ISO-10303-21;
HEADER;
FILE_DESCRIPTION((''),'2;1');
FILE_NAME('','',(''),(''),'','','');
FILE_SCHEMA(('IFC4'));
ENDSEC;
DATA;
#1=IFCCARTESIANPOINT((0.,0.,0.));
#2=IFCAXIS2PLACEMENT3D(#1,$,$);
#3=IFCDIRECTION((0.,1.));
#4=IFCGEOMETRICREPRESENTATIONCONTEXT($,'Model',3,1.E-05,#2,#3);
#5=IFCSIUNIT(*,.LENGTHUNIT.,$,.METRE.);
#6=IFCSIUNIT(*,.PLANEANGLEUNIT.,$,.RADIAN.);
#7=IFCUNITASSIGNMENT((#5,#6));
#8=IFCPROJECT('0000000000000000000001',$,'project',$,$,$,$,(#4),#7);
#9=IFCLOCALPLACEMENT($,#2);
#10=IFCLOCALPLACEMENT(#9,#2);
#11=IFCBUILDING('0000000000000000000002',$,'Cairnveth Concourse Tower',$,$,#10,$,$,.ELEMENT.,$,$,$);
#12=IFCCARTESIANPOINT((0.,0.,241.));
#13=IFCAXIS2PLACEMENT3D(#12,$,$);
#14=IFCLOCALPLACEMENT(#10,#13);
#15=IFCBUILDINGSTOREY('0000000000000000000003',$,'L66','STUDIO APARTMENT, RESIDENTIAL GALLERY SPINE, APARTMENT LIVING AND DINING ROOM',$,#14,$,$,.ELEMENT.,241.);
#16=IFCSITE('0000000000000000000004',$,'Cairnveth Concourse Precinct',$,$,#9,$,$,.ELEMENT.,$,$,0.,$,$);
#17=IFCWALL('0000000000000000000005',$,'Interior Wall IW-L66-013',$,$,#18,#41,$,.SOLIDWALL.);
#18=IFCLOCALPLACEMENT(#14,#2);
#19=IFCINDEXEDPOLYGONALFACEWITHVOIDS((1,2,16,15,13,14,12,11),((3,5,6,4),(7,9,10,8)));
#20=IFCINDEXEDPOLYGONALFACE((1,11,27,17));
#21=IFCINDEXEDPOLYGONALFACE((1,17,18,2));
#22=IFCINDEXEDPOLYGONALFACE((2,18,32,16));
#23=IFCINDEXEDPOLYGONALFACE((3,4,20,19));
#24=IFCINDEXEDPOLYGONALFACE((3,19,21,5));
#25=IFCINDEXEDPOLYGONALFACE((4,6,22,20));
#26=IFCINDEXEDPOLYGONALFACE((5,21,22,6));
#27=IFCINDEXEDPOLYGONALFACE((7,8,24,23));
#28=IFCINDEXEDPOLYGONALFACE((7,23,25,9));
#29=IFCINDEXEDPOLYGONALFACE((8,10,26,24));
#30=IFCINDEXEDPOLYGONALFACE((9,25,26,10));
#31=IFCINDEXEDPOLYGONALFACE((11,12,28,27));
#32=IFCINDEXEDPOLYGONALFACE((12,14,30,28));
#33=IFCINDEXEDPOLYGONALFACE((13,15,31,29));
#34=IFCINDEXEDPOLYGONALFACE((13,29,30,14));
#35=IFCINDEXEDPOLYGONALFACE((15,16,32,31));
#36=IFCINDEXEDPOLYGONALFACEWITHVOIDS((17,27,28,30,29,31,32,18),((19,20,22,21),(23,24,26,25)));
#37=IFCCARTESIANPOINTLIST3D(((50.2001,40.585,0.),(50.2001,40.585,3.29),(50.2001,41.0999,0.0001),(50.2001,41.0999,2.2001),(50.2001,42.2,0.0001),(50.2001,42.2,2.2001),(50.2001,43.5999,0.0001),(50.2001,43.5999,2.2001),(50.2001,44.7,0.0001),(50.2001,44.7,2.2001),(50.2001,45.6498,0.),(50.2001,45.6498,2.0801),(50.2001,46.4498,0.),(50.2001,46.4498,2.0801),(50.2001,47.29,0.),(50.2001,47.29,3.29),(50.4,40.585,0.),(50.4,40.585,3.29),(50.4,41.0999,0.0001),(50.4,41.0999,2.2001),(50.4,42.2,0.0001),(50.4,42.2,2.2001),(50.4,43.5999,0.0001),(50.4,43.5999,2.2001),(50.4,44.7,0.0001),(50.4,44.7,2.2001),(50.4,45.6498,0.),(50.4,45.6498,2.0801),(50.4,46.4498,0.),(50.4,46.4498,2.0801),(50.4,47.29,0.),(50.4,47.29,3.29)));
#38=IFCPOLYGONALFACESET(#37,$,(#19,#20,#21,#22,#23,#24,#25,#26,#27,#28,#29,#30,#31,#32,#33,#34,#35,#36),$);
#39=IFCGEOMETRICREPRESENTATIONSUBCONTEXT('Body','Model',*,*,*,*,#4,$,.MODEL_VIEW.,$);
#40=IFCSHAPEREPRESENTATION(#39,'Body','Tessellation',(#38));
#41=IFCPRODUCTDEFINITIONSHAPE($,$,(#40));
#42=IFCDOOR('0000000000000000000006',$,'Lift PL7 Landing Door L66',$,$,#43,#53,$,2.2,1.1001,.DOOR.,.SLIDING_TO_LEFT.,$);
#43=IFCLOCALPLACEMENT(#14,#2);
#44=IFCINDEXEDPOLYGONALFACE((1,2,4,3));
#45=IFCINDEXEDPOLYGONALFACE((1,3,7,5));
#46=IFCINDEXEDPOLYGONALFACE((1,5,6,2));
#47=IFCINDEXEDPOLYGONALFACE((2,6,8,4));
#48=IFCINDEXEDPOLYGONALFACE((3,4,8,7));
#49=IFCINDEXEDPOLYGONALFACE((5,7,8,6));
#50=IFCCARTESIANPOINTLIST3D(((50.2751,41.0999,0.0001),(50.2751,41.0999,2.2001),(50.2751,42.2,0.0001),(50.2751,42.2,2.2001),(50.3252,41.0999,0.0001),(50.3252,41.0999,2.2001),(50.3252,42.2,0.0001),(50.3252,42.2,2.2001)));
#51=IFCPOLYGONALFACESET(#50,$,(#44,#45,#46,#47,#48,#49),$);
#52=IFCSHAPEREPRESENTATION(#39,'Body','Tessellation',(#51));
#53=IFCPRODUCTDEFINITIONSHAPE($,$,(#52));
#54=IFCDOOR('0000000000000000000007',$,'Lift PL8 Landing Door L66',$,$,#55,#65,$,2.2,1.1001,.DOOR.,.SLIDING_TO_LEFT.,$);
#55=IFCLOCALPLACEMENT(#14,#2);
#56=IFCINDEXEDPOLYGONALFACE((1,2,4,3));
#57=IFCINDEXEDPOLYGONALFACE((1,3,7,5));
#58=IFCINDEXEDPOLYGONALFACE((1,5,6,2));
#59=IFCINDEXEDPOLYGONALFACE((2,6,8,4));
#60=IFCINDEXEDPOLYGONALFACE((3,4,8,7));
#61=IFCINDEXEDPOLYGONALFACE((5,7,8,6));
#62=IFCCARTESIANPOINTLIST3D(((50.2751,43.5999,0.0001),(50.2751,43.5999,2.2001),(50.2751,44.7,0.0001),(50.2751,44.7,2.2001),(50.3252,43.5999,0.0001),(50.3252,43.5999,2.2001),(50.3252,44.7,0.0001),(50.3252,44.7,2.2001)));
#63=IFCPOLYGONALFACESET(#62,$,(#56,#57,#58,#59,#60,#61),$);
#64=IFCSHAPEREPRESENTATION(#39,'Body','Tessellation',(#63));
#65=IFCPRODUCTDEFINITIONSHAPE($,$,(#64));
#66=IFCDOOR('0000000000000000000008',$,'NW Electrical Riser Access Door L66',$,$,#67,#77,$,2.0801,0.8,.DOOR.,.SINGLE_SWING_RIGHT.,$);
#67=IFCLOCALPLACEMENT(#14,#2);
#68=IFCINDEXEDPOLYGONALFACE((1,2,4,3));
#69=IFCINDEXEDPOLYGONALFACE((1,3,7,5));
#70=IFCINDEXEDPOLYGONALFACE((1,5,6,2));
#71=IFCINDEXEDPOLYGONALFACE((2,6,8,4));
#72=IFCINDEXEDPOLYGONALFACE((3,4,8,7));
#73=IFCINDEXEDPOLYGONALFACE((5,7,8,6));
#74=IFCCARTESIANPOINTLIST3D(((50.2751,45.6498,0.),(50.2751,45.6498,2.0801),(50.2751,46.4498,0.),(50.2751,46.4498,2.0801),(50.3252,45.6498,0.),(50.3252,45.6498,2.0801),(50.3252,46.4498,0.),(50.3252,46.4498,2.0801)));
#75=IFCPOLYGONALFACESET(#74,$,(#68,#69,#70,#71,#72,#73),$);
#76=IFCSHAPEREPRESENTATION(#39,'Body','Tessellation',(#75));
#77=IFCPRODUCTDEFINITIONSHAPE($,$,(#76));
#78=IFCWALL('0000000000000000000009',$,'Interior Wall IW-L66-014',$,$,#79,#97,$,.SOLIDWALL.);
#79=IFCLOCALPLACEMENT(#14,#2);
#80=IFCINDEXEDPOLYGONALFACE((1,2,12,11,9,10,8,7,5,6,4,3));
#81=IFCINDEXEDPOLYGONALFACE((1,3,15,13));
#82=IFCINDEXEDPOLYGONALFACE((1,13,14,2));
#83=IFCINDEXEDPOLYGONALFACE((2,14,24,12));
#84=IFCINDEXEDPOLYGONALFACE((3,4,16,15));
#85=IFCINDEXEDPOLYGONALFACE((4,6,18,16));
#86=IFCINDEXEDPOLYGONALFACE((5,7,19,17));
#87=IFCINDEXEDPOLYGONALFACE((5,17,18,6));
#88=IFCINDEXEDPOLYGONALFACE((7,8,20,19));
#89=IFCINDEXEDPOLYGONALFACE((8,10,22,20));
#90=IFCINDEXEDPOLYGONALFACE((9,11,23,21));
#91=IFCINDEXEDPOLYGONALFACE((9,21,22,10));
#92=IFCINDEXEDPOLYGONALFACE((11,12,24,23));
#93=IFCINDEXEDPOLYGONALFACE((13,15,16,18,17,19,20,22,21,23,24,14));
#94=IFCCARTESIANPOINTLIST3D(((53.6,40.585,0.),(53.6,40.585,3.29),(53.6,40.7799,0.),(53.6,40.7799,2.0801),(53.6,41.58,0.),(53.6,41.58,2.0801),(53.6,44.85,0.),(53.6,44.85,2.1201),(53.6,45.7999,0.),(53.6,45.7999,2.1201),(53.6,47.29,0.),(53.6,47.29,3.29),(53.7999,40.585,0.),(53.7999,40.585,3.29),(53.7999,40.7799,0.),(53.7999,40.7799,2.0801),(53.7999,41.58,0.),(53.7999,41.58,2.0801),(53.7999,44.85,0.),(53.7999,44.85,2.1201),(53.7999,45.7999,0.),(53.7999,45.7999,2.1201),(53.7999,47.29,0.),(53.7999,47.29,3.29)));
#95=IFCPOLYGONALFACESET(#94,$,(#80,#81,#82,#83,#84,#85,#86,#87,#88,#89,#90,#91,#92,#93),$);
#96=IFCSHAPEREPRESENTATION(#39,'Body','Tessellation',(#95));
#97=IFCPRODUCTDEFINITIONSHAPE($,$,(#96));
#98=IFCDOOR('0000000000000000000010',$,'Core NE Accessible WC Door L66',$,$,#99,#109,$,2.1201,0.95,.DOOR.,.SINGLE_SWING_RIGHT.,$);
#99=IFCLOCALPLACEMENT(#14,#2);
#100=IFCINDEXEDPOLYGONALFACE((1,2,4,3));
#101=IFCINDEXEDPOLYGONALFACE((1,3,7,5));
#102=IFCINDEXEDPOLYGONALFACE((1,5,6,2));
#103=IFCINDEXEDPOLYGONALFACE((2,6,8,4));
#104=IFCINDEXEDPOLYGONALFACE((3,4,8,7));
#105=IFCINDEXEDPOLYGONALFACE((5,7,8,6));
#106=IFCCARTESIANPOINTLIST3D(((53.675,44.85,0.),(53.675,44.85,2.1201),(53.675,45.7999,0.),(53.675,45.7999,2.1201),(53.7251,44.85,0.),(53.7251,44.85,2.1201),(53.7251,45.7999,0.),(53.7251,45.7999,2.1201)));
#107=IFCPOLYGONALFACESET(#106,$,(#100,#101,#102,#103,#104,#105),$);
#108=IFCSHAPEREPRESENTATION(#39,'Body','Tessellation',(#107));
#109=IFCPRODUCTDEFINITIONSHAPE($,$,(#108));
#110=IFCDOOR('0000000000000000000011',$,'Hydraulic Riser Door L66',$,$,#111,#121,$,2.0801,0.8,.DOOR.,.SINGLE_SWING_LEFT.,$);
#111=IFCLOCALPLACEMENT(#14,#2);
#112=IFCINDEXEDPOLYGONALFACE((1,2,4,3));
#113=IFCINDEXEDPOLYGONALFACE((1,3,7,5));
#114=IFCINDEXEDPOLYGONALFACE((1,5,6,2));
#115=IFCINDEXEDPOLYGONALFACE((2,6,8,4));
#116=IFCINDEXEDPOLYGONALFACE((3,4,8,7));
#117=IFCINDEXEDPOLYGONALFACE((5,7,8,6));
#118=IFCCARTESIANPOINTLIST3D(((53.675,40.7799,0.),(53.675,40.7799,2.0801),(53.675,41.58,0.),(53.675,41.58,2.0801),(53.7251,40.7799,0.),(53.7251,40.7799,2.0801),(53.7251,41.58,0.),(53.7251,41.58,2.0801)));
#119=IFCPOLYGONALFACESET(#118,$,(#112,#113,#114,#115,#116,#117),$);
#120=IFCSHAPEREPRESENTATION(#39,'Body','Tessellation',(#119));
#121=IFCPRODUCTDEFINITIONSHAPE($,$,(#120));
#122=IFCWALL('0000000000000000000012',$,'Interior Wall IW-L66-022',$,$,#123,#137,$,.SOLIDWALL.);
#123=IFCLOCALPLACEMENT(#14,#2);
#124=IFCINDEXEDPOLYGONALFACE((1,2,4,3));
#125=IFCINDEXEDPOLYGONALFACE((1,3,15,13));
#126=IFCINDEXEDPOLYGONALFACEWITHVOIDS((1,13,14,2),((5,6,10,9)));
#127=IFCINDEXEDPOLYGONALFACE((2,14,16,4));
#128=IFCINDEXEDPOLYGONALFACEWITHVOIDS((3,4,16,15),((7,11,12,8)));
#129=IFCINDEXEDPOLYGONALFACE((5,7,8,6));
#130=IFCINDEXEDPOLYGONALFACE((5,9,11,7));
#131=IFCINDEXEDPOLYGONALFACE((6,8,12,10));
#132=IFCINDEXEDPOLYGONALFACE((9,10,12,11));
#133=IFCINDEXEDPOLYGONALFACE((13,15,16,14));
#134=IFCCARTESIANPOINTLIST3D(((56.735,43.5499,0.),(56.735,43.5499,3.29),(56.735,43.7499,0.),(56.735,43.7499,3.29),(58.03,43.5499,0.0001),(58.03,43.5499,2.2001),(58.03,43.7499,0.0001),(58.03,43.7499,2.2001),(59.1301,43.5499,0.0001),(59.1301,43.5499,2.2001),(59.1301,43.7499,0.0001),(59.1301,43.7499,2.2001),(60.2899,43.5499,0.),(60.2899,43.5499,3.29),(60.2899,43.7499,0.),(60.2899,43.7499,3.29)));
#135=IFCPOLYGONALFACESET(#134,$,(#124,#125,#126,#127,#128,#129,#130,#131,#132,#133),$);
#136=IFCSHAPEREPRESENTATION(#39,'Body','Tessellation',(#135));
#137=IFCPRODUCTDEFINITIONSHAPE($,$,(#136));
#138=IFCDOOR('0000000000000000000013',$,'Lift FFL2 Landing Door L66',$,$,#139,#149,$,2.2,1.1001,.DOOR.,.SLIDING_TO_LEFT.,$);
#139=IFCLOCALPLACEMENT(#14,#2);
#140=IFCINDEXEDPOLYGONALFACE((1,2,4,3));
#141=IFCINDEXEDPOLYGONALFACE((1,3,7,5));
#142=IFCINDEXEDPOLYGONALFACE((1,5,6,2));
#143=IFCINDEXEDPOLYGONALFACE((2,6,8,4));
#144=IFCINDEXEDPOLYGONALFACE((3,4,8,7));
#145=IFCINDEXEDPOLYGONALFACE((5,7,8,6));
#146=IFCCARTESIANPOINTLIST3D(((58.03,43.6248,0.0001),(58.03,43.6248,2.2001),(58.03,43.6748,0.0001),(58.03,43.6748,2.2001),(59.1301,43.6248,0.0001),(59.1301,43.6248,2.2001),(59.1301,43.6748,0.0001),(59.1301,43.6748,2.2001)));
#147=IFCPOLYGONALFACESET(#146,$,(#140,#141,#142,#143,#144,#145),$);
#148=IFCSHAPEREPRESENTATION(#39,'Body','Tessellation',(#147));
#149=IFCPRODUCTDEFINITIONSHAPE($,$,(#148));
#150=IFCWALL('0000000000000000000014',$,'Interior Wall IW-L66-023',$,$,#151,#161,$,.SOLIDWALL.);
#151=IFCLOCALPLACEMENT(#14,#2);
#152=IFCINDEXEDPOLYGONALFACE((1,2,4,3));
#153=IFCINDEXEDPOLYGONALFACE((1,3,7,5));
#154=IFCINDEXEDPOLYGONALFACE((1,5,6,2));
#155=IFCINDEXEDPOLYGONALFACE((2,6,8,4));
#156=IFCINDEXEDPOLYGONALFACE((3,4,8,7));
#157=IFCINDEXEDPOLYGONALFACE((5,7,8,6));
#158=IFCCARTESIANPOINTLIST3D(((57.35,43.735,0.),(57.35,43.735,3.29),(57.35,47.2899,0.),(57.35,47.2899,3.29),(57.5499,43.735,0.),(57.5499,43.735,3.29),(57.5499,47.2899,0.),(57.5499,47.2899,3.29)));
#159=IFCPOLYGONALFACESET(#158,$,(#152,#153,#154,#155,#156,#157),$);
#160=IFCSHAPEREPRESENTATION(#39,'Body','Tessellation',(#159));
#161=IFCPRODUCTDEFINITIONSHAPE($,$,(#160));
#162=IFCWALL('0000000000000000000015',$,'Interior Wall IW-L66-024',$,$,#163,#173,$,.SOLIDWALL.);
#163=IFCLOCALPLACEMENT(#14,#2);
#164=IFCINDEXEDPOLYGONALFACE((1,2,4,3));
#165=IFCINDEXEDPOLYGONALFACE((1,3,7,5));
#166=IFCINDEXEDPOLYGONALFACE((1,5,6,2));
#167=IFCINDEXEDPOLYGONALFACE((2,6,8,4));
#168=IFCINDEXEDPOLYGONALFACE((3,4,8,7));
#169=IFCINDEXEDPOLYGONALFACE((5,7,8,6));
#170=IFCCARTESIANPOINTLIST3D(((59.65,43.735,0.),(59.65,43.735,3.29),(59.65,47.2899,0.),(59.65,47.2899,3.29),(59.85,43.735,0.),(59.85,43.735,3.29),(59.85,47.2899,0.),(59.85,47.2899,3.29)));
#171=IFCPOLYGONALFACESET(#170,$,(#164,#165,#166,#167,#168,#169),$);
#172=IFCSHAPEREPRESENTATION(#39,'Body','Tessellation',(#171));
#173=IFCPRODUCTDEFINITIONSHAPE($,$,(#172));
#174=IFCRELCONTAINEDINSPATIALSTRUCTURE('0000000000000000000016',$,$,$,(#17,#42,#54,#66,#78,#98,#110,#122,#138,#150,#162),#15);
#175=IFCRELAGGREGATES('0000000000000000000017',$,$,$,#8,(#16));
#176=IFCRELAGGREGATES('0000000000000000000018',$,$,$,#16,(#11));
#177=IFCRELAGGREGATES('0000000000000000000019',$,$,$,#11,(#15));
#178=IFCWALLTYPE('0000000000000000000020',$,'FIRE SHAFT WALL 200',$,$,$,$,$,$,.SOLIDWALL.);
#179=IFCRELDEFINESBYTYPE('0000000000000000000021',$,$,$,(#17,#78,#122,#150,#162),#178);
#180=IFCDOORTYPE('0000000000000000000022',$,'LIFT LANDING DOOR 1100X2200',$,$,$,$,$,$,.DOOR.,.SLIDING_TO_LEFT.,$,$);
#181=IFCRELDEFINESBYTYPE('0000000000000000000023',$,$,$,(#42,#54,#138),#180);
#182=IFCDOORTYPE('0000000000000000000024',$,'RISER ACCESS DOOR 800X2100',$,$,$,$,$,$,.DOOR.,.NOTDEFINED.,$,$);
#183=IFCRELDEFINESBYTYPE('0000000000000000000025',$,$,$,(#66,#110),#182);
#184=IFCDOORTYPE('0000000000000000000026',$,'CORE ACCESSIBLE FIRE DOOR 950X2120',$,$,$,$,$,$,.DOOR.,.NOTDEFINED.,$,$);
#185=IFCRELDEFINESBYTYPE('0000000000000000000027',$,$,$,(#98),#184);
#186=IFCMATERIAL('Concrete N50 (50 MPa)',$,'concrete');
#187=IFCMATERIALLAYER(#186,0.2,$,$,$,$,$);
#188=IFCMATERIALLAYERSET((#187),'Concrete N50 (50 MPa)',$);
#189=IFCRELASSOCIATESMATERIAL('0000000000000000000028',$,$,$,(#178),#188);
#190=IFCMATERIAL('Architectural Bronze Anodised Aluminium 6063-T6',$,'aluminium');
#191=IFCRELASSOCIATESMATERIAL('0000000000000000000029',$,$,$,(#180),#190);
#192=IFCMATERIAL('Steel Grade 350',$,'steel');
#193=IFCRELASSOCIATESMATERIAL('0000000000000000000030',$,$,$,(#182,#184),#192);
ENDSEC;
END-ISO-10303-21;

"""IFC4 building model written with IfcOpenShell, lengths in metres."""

from ifc_helpers import new_model, si_unit, direction, frame, frame_2d, origin, place, context, subcontext, project, spatial, rectangle, extrude, material, layer, layer_set, type_object, element, fill, save


model = new_model("IFC4")

# Units and contexts
model_context = context("Model", 3, precision=1e-05, world=origin(), true_north=direction((0.0, 1.0)))
body_context = subcontext(model_context, "Body", "Model", "MODEL_VIEW")
ifc_project = project(units=[si_unit("LENGTHUNIT", "METRE"), si_unit("PLANEANGLEUNIT", "RADIAN")], contexts=[model_context])

# Site, building, storey
site_placement = place(None, origin())
site = spatial("IfcSite", under=ifc_project, at=site_placement, Name="Cairnveth Concourse Precinct", CompositionType="ELEMENT", RefElevation=0.0)
building_placement = place(site_placement, origin())
building = spatial("IfcBuilding", under=site, at=building_placement, Name="Cairnveth Concourse Tower", CompositionType="ELEMENT")
storey_placement = place(building_placement, frame((0.0, 0.0, 241.0)))
storey = spatial("IfcBuildingStorey", under=building, at=storey_placement, Name="L66", Description="STUDIO APARTMENT, RESIDENTIAL GALLERY SPINE, APARTMENT LIVING AND DINING ROOM", CompositionType="ELEMENT", Elevation=241.0)

# Shared definitions
ifc_material_1 = material(Name="Steel Grade 350", Category="steel")

# Shared definitions
ifc_material_2 = material(Name="Concrete N50 (50 MPa)", Category="concrete")
ifc_layer_1 = layer(ifc_material_2, 0.2)
ifc_layer_set_1 = layer_set([ifc_layer_1], Name="Concrete N50 (50 MPa)")
wall_type_1 = type_object("IfcWallType", Name="FIRE SHAFT WALL 200", PredefinedType="SOLIDWALL", material=ifc_layer_set_1)

# Walls, openings, doors
wall_1_placement = place(storey_placement, frame((50.3, 40.585, 0.0), z_axis=(0.0, 0.0, 1.0), x_axis=(0.0, 1.0, 0.0)))
wall_1 = element("IfcWall", 1, at=wall_1_placement, inside=storey, type_object=wall_type_1, Name="Interior Wall IW-L66-013", PredefinedType="SOLIDWALL", context=body_context, shape_type="SweptSolid", body=[
    extrude(rectangle(XDim=6.7051, YDim=0.2, at=frame_2d((3.3525, 0.0))), origin(), (0.0, 0.0, 1.0), 3.29),
])
opening_1_placement = place(wall_1_placement, frame((0.5149, 0.0, 0.0)))
opening_1 = element("IfcOpeningElement", 2, at=opening_1_placement, cuts=wall_1, PredefinedType="OPENING", context=body_context, shape_type="SweptSolid", body=[
    extrude(rectangle(XDim=1.1001, YDim=2.2, at=frame_2d((0.55, 1.1001))), frame((0.0, 0.1099, 0.0), z_axis=(0.0, -1.0, 0.0), x_axis=(1.0, 0.0, 0.0)), (0.0, 0.0, 1.0), 0.22),
])
opening_2_placement = place(wall_1_placement, frame((3.0149, 0.0, 0.0)))
opening_2 = element("IfcOpeningElement", 3, at=opening_2_placement, cuts=wall_1, PredefinedType="OPENING", context=body_context, shape_type="SweptSolid", body=[
    extrude(rectangle(XDim=1.1001, YDim=2.2, at=frame_2d((0.55, 1.1001))), frame((0.0, 0.1099, 0.0), z_axis=(0.0, -1.0, 0.0), x_axis=(1.0, 0.0, 0.0)), (0.0, 0.0, 1.0), 0.22),
])
opening_3_placement = place(wall_1_placement, frame((5.0649, 0.0, 0.0)))
opening_3 = element("IfcOpeningElement", 4, at=opening_3_placement, cuts=wall_1, PredefinedType="OPENING", context=body_context, shape_type="SweptSolid", body=[
    extrude(rectangle(XDim=0.8, YDim=2.0801, at=frame_2d((0.3999, 1.04))), frame((0.0, 0.1099, 0.0), z_axis=(0.0, -1.0, 0.0), x_axis=(1.0, 0.0, 0.0)), (0.0, 0.0, 1.0), 0.22),
])
ifc_material_3 = material(Name="Architectural Bronze Anodised Aluminium 6063-T6", Category="aluminium")
door_type_1 = type_object("IfcDoorType", Name="LIFT LANDING DOOR 1100X2200", OperationType="SLIDING_TO_LEFT", PredefinedType="DOOR", material=ifc_material_3)
door_1_placement = place(opening_1_placement, origin())
door_1 = element("IfcDoor", 5, at=door_1_placement, inside=storey, type_object=door_type_1, Name="Lift PL7 Landing Door L66", OperationType="SLIDING_TO_LEFT", OverallHeight=2.2, OverallWidth=1.1001, PredefinedType="DOOR", context=body_context, shape_type="SweptSolid", body=[
    extrude(rectangle(XDim=1.1001, YDim=2.2, at=frame_2d((0.55, 1.1001))), frame((0.0, 0.0249, 0.0), z_axis=(0.0, -1.0, 0.0), x_axis=(1.0, 0.0, 0.0)), (0.0, 0.0, 1.0), 0.05),
])
fill(opening_1, door_1)
door_2_placement = place(opening_2_placement, origin())
door_2 = element("IfcDoor", 6, at=door_2_placement, inside=storey, type_object=door_type_1, Name="Lift PL8 Landing Door L66", OperationType="SLIDING_TO_LEFT", OverallHeight=2.2, OverallWidth=1.1001, PredefinedType="DOOR", context=body_context, shape_type="SweptSolid", body=[
    extrude(rectangle(XDim=1.1001, YDim=2.2, at=frame_2d((0.55, 1.1001))), frame((0.0, 0.0249, 0.0), z_axis=(0.0, -1.0, 0.0), x_axis=(1.0, 0.0, 0.0)), (0.0, 0.0, 1.0), 0.05),
])
fill(opening_2, door_2)
door_type_2 = type_object("IfcDoorType", Name="RISER ACCESS DOOR 800X2100", OperationType="NOTDEFINED", PredefinedType="DOOR", material=ifc_material_1)
door_3_placement = place(opening_3_placement, origin())
door_3 = element("IfcDoor", 7, at=door_3_placement, inside=storey, type_object=door_type_2, Name="NW Electrical Riser Access Door L66", OperationType="SINGLE_SWING_RIGHT", OverallHeight=2.0801, OverallWidth=0.8, PredefinedType="DOOR", context=body_context, shape_type="SweptSolid", body=[
    extrude(rectangle(XDim=0.8, YDim=2.0801, at=frame_2d((0.3999, 1.04))), frame((0.0, 0.0249, 0.0), z_axis=(0.0, -1.0, 0.0), x_axis=(1.0, 0.0, 0.0)), (0.0, 0.0, 1.0), 0.05),
])
fill(opening_3, door_3)
wall_2_placement = place(storey_placement, frame((53.7, 40.585, 0.0), z_axis=(0.0, 0.0, 1.0), x_axis=(0.0, 1.0, 0.0)))
wall_2 = element("IfcWall", 8, at=wall_2_placement, inside=storey, type_object=wall_type_1, Name="Interior Wall IW-L66-014", PredefinedType="SOLIDWALL", context=body_context, shape_type="SweptSolid", body=[
    extrude(rectangle(XDim=6.7051, YDim=0.2, at=frame_2d((3.3525, 0.0))), origin(), (0.0, 0.0, 1.0), 3.29),
])
opening_4_placement = place(wall_2_placement, frame((0.1951, 0.0, 0.0)))
opening_4 = element("IfcOpeningElement", 9, at=opening_4_placement, cuts=wall_2, PredefinedType="OPENING", context=body_context, shape_type="SweptSolid", body=[
    extrude(rectangle(XDim=0.8, YDim=2.0801, at=frame_2d((0.3999, 1.04))), frame((0.0, 0.1099, 0.0), z_axis=(0.0, -1.0, 0.0), x_axis=(1.0, 0.0, 0.0)), (0.0, 0.0, 1.0), 0.22),
])
opening_5_placement = place(wall_2_placement, frame((4.2649, 0.0, 0.0)))
opening_5 = element("IfcOpeningElement", 10, at=opening_5_placement, cuts=wall_2, PredefinedType="OPENING", context=body_context, shape_type="SweptSolid", body=[
    extrude(rectangle(XDim=0.95, YDim=2.1201, at=frame_2d((0.4751, 1.0601))), frame((0.0, 0.1099, 0.0), z_axis=(0.0, -1.0, 0.0), x_axis=(1.0, 0.0, 0.0)), (0.0, 0.0, 1.0), 0.22),
])
door_type_3 = type_object("IfcDoorType", Name="CORE ACCESSIBLE FIRE DOOR 950X2120", OperationType="NOTDEFINED", PredefinedType="DOOR", material=ifc_material_1)
door_4_placement = place(opening_5_placement, origin())
door_4 = element("IfcDoor", 11, at=door_4_placement, inside=storey, type_object=door_type_3, Name="Core NE Accessible WC Door L66", OperationType="SINGLE_SWING_RIGHT", OverallHeight=2.1201, OverallWidth=0.95, PredefinedType="DOOR", context=body_context, shape_type="SweptSolid", body=[
    extrude(rectangle(XDim=0.95, YDim=2.1201, at=frame_2d((0.4751, 1.0601))), frame((0.0, 0.0249, 0.0), z_axis=(0.0, -1.0, 0.0), x_axis=(1.0, 0.0, 0.0)), (0.0, 0.0, 1.0), 0.05),
])
fill(opening_5, door_4)
door_5_placement = place(opening_4_placement, origin())
door_5 = element("IfcDoor", 12, at=door_5_placement, inside=storey, type_object=door_type_2, Name="Hydraulic Riser Door L66", OperationType="SINGLE_SWING_LEFT", OverallHeight=2.0801, OverallWidth=0.8, PredefinedType="DOOR", context=body_context, shape_type="SweptSolid", body=[
    extrude(rectangle(XDim=0.8, YDim=2.0801, at=frame_2d((0.3999, 1.04))), frame((0.0, 0.0249, 0.0), z_axis=(0.0, -1.0, 0.0), x_axis=(1.0, 0.0, 0.0)), (0.0, 0.0, 1.0), 0.05),
])
fill(opening_4, door_5)

# Wall, opening, door
wall_3_placement = place(storey_placement, frame((56.7351, 43.6499, 0.0), z_axis=(0.0, 0.0, 1.0), x_axis=(1.0, 0.0, 0.0)))
wall_3 = element("IfcWall", 13, at=wall_3_placement, inside=storey, type_object=wall_type_1, Name="Interior Wall IW-L66-022", PredefinedType="SOLIDWALL", context=body_context, shape_type="SweptSolid", body=[
    extrude(rectangle(XDim=3.5549, YDim=0.2, at=frame_2d((1.7773, 0.0))), origin(), (0.0, 0.0, 1.0), 3.29),
])
opening_6_placement = place(wall_3_placement, frame((1.2949, 0.0, 0.0)))
opening_6 = element("IfcOpeningElement", 14, at=opening_6_placement, cuts=wall_3, PredefinedType="OPENING", context=body_context, shape_type="SweptSolid", body=[
    extrude(rectangle(XDim=1.1001, YDim=2.2, at=frame_2d((0.55, 1.1001))), frame((0.0, 0.1099, 0.0), z_axis=(0.0, -1.0, 0.0), x_axis=(1.0, 0.0, 0.0)), (0.0, 0.0, 1.0), 0.22),
])
door_6_placement = place(opening_6_placement, origin())
door_6 = element("IfcDoor", 15, at=door_6_placement, inside=storey, type_object=door_type_1, Name="Lift FFL2 Landing Door L66", OperationType="SLIDING_TO_LEFT", OverallHeight=2.2, OverallWidth=1.1001, PredefinedType="DOOR", context=body_context, shape_type="SweptSolid", body=[
    extrude(rectangle(XDim=1.1001, YDim=2.2, at=frame_2d((0.55, 1.1001))), frame((0.0, 0.0249, 0.0), z_axis=(0.0, -1.0, 0.0), x_axis=(1.0, 0.0, 0.0)), (0.0, 0.0, 1.0), 0.05),
])
fill(opening_6, door_6)

# Walls
for number, where, z_axis, x_axis, name in (
    (16, (57.45, 43.7351, 0.0), (0.0, 0.0, 1.0), (0.0, 1.0, 0.0), "Interior Wall IW-L66-023"),
    (17, (59.75, 43.7351, 0.0), (0.0, 0.0, 1.0), (0.0, 1.0, 0.0), "Interior Wall IW-L66-024"),
):
    element("IfcWall", number, at=place(storey_placement, frame(where, z_axis=z_axis, x_axis=x_axis)), inside=storey, type_object=wall_type_1, Name=name, PredefinedType="SOLIDWALL", context=body_context, shape_type="SweptSolid", body=[
        extrude(rectangle(XDim=3.5549, YDim=0.2, at=frame_2d((1.7773, 0.0))), origin(), (0.0, 0.0, 1.0), 3.29),
    ])

save(model, "model.ifc")
